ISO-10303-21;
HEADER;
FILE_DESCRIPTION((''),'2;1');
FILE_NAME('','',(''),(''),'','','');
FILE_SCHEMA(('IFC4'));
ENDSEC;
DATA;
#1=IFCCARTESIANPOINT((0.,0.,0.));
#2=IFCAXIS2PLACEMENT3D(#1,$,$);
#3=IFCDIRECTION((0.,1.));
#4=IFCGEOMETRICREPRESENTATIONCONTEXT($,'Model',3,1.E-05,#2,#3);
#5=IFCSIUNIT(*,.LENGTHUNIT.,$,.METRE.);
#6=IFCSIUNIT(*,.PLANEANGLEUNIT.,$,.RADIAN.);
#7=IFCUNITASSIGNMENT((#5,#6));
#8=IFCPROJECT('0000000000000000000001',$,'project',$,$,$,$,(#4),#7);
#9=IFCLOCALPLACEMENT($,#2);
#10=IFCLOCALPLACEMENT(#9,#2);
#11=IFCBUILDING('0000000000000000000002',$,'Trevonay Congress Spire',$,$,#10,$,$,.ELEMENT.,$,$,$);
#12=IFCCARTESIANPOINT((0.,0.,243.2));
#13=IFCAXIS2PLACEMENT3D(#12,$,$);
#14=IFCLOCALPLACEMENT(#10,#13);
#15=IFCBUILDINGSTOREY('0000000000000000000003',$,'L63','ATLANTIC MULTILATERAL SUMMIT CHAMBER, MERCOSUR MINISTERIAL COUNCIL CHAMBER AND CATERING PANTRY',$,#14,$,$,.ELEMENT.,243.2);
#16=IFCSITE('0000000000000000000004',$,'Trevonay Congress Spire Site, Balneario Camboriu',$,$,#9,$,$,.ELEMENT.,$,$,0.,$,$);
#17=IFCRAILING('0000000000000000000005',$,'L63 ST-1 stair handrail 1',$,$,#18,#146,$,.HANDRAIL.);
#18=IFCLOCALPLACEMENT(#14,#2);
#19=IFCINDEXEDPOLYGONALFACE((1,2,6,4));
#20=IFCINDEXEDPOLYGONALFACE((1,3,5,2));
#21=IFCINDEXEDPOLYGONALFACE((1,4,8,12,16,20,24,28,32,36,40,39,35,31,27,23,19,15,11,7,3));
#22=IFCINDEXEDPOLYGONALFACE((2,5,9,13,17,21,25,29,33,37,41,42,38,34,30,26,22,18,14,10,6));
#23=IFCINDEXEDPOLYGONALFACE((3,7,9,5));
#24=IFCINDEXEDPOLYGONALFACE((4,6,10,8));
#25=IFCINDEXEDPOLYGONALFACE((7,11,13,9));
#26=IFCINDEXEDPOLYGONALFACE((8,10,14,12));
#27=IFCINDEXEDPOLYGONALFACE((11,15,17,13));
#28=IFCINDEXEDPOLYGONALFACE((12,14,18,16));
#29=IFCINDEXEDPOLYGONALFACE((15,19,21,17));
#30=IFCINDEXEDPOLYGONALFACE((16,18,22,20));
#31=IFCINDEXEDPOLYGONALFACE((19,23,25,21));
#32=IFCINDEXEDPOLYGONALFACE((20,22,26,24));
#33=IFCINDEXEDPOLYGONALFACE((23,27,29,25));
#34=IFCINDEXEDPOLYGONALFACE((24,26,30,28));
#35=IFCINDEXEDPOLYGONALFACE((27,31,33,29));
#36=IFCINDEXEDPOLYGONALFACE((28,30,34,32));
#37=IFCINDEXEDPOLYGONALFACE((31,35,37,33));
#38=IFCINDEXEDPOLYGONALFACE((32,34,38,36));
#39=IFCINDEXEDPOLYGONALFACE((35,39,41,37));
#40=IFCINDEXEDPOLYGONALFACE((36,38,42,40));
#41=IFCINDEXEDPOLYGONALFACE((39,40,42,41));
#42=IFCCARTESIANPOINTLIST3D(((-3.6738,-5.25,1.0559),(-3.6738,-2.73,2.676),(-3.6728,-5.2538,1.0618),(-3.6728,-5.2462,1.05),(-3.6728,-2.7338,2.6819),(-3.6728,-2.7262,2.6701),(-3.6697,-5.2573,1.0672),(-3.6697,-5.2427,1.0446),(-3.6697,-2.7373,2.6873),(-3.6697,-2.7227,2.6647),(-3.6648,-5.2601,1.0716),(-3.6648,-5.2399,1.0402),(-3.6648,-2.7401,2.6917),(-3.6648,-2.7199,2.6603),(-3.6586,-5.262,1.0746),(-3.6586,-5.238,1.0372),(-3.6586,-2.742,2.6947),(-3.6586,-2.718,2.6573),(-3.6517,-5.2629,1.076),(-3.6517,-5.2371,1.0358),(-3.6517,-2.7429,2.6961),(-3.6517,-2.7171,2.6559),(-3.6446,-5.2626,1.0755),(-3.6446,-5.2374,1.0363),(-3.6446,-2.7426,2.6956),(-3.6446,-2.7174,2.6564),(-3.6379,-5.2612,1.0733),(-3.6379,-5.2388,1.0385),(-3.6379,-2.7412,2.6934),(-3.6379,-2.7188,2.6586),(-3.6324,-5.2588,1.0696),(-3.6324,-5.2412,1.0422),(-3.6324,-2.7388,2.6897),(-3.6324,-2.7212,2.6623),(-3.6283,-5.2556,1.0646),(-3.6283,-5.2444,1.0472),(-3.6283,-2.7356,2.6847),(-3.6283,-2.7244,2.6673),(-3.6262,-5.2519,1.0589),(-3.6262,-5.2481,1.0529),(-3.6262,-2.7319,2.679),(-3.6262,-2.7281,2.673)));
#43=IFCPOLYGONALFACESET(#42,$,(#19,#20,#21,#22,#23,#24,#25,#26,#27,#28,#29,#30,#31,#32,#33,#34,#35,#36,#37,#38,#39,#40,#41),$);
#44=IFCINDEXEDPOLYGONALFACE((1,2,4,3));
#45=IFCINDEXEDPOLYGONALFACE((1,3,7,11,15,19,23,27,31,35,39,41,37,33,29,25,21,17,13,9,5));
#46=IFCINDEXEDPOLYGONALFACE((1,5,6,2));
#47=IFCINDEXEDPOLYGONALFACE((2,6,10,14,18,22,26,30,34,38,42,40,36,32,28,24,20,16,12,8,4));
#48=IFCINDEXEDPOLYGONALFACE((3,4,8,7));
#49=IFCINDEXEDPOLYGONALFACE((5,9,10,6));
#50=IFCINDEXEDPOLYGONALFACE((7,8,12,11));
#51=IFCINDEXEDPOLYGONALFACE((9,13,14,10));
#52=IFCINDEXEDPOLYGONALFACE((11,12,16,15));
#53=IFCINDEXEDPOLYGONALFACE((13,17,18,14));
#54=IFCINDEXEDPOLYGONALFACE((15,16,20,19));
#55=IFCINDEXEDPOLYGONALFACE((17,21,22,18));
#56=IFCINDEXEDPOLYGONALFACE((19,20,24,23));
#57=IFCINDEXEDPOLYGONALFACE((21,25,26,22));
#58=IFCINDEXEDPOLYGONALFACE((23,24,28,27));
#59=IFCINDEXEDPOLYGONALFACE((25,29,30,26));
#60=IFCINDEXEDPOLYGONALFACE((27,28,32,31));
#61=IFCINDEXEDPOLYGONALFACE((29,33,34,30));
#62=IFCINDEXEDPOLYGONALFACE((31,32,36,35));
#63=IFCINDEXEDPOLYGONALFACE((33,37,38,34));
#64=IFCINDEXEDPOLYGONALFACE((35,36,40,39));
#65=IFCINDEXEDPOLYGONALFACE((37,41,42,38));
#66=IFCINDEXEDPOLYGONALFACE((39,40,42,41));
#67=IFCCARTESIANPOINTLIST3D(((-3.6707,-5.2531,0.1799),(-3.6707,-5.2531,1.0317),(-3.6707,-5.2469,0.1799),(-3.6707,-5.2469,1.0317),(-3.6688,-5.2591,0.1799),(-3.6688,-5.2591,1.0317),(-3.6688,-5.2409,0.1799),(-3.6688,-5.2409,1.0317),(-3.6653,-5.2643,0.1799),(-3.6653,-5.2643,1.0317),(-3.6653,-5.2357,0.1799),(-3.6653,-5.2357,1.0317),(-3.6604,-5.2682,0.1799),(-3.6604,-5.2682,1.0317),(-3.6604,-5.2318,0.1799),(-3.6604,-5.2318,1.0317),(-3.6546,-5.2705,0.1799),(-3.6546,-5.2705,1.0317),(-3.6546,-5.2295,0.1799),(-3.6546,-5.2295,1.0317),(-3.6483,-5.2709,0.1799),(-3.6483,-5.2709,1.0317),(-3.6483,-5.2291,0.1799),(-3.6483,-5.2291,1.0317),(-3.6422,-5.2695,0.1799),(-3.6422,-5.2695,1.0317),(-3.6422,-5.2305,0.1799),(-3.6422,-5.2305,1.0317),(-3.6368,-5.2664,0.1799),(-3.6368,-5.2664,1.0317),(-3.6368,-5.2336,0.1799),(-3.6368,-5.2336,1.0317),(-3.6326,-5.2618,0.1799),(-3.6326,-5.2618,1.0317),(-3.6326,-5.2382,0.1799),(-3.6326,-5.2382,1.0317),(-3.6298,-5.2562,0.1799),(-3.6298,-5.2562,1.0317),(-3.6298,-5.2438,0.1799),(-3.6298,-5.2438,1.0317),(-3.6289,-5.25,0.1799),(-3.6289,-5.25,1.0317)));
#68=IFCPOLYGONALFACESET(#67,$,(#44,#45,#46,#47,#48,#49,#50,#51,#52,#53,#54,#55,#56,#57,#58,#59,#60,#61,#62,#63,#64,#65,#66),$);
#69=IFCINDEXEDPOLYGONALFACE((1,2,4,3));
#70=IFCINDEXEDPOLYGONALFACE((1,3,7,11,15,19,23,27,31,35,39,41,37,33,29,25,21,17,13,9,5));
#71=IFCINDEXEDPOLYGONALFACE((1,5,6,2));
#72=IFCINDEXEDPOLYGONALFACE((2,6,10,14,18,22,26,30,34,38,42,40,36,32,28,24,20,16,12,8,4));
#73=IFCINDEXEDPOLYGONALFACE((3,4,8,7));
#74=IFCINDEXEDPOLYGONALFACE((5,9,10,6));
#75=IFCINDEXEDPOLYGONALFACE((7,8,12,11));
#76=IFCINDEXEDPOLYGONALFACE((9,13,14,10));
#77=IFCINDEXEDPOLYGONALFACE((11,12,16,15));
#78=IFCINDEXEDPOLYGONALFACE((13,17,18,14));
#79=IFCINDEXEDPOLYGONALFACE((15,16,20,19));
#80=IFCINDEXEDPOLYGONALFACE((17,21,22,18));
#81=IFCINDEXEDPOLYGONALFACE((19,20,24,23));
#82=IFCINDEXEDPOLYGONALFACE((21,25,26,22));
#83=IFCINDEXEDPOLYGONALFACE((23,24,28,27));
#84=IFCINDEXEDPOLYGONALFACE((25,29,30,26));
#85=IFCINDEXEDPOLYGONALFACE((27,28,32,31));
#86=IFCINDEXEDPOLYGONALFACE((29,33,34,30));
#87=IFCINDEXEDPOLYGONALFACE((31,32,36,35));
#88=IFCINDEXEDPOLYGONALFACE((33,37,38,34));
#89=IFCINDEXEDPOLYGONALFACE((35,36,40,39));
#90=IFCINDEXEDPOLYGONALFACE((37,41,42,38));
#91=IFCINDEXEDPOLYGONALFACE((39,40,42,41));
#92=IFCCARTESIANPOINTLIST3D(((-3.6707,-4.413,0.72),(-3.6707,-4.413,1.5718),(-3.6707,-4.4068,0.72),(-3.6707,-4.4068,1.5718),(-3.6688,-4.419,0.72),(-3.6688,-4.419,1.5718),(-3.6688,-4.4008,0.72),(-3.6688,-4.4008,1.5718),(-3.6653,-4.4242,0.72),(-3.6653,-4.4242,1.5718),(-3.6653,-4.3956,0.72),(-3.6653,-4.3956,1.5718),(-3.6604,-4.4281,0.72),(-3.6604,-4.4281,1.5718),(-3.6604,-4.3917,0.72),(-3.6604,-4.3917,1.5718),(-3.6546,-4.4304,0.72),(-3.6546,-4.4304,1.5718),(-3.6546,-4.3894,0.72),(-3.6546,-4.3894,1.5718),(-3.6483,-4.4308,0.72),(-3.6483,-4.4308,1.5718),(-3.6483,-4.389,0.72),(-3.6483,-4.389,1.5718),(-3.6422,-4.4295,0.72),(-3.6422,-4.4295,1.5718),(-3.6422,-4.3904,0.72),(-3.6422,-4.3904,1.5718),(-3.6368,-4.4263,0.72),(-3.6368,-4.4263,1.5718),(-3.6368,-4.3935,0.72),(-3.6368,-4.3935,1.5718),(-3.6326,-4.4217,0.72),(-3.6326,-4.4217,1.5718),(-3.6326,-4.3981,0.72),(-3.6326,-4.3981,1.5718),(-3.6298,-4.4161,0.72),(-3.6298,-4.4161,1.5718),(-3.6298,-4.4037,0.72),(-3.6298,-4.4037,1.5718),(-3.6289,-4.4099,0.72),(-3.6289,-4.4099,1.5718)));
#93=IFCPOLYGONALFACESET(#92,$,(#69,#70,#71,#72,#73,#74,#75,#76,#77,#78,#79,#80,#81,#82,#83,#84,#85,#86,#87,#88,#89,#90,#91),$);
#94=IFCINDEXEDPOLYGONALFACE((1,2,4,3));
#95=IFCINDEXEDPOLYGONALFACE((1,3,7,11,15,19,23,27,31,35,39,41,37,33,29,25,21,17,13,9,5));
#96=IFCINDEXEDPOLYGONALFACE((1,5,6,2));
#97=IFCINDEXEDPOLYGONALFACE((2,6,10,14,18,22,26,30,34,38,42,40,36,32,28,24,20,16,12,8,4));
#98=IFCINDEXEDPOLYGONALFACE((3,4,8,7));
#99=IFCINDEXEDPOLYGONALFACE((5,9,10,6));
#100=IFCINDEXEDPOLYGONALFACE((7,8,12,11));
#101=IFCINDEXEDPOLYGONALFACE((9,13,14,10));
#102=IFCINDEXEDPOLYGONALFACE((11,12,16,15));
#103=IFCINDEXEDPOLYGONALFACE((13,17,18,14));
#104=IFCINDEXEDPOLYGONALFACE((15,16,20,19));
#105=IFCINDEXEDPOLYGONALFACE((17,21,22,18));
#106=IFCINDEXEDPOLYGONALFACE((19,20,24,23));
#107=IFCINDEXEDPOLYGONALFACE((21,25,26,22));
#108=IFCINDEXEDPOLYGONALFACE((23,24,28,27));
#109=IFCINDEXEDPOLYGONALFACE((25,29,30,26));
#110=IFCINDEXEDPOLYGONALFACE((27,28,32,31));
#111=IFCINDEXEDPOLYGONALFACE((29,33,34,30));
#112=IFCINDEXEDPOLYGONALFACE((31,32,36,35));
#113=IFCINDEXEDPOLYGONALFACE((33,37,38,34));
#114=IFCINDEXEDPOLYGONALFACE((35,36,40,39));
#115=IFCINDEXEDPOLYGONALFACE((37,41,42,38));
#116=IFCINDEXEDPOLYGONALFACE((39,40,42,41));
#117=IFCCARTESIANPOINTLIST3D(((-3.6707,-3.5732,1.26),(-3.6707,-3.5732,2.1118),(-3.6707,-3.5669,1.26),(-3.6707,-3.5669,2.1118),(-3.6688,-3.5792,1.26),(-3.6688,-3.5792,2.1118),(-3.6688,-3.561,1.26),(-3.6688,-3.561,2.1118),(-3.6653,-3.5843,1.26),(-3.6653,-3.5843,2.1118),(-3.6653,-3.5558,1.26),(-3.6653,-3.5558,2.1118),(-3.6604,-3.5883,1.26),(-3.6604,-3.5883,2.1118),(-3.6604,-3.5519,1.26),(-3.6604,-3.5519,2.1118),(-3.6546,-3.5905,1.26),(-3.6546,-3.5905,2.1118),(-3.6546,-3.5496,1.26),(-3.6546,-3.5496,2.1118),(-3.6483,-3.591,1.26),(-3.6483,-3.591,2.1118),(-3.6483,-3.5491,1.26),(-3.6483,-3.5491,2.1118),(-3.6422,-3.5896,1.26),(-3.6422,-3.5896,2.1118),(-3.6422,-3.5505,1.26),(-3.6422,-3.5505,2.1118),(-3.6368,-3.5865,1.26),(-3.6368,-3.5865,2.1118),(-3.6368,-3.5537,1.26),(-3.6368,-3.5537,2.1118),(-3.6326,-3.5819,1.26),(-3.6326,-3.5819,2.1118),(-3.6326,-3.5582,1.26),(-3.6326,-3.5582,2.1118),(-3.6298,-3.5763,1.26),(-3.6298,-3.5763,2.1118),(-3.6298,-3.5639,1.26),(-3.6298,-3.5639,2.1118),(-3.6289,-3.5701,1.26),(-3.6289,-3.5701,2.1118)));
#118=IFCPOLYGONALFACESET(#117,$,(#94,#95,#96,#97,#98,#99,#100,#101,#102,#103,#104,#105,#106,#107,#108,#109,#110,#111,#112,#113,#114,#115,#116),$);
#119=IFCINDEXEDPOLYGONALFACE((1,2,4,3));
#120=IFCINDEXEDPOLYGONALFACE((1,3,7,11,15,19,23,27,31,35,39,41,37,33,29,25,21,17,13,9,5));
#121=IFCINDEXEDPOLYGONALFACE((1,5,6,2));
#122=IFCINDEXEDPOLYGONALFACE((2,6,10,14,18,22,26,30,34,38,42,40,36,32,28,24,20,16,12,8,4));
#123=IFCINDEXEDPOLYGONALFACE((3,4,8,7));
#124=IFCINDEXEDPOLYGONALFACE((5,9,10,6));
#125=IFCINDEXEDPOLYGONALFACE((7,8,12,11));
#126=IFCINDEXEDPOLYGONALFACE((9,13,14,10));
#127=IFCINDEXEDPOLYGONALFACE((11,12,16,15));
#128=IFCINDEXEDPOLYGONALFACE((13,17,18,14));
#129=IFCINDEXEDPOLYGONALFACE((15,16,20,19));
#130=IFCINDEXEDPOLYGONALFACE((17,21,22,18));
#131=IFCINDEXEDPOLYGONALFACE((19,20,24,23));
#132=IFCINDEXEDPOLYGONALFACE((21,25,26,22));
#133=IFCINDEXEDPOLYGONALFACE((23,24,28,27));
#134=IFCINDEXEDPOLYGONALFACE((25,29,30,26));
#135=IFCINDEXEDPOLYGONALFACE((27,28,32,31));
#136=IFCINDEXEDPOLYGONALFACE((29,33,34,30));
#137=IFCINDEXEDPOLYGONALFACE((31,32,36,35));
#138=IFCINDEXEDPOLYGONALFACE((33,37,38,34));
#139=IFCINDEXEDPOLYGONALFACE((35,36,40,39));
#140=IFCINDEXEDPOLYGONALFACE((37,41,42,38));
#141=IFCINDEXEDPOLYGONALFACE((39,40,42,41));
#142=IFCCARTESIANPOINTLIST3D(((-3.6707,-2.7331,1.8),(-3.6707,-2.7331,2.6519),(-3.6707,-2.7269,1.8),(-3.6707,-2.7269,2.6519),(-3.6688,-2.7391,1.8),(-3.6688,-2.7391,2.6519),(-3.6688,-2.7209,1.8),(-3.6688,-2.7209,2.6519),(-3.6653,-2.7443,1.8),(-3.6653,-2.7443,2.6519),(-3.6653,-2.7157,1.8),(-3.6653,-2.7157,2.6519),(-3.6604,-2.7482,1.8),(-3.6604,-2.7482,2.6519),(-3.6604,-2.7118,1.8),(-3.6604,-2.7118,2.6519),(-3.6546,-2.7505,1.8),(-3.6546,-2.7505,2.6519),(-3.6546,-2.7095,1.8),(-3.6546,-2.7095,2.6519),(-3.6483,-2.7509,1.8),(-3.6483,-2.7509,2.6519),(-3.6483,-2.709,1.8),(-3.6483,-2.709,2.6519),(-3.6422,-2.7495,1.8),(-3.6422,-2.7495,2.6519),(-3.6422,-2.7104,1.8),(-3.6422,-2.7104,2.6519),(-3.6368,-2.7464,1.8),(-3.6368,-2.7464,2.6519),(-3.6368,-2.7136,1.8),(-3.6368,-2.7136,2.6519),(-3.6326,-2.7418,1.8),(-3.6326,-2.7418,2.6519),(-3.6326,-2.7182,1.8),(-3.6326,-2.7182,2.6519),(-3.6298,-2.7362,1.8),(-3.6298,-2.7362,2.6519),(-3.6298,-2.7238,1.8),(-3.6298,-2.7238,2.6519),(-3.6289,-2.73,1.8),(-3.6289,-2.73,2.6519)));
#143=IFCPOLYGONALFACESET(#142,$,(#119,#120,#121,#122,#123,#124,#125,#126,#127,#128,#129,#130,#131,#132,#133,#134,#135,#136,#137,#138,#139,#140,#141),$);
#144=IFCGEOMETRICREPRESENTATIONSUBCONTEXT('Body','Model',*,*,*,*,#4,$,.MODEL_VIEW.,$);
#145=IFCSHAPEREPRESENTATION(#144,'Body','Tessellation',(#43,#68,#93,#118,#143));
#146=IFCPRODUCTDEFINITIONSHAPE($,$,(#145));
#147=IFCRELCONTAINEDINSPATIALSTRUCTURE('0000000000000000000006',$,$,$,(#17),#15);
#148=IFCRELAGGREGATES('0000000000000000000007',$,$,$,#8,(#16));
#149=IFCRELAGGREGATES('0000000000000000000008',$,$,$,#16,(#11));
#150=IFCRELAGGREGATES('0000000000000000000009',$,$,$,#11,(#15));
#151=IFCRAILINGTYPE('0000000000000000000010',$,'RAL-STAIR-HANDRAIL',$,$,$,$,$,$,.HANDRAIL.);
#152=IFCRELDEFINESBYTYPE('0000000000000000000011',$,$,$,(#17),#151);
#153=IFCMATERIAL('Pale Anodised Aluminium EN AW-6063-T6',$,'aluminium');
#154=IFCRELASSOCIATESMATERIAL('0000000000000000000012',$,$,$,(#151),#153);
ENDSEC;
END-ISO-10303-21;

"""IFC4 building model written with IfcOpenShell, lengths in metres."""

from ifc_helpers import new_model, si_unit, direction, frame, origin, origin_2d, place, context, subcontext, project, spatial, circle, extrude, material, type_object, element, save


model = new_model("IFC4")

# Units and contexts
model_context = context("Model", 3, precision=1e-05, world=origin(), true_north=direction((0.0, 1.0)))
body_context = subcontext(model_context, "Body", "Model", "MODEL_VIEW")
ifc_project = project(units=[si_unit("LENGTHUNIT", "METRE"), si_unit("PLANEANGLEUNIT", "RADIAN")], contexts=[model_context])

# Site, building, storey
site_placement = place(None, origin())
site = spatial("IfcSite", under=ifc_project, at=site_placement, Name="Trevonay Congress Spire Site, Balneario Camboriu", CompositionType="ELEMENT", RefElevation=0.0)
building_placement = place(site_placement, origin())
building = spatial("IfcBuilding", under=site, at=building_placement, Name="Trevonay Congress Spire", CompositionType="ELEMENT")
storey_placement = place(building_placement, frame((0.0, 0.0, 243.2)))
storey = spatial("IfcBuildingStorey", under=building, at=storey_placement, Name="L63", Description="ATLANTIC MULTILATERAL SUMMIT CHAMBER, MERCOSUR MINISTERIAL COUNCIL CHAMBER AND CATERING PANTRY", CompositionType="ELEMENT", Elevation=243.2)

# Railing
ifc_material_1 = material(Name="Pale Anodised Aluminium EN AW-6063-T6", Category="aluminium")
railing_type_1 = type_object("IfcRailingType", Name="RAL-STAIR-HANDRAIL", PredefinedType="HANDRAIL", material=ifc_material_1)
railing_1_placement = place(storey_placement, frame((-3.6499, -5.25, 0.1799)))
element("IfcRailing", 1, at=railing_1_placement, inside=storey, type_object=railing_type_1, Name="L63 ST-1 stair handrail 1", PredefinedType="HANDRAIL", context=body_context, shape_type="SweptSolid", body=[
    extrude(circle(Radius=0.0239, at=origin_2d()), frame((0.0, 0.0, 0.876), z_axis=(0.0, 0.841163, 0.540782), x_axis=(-1.0, 0.0, 0.0)), (0.0, 0.0, 1.0), 2.9958),
    extrude(circle(Radius=0.021, at=origin_2d()), origin(), (0.0, 0.0, 1.0), 0.8518),
    extrude(circle(Radius=0.021, at=origin_2d()), frame((0.0, 0.8401, 0.54)), (0.0, 0.0, 1.0), 0.8518),
    extrude(circle(Radius=0.021, at=origin_2d()), frame((0.0, 1.6799, 1.0801)), (0.0, 0.0, 1.0), 0.8518),
    extrude(circle(Radius=0.021, at=origin_2d()), frame((0.0, 2.52, 1.6201)), (0.0, 0.0, 1.0), 0.8518),
])

save(model, "model.ifc")
